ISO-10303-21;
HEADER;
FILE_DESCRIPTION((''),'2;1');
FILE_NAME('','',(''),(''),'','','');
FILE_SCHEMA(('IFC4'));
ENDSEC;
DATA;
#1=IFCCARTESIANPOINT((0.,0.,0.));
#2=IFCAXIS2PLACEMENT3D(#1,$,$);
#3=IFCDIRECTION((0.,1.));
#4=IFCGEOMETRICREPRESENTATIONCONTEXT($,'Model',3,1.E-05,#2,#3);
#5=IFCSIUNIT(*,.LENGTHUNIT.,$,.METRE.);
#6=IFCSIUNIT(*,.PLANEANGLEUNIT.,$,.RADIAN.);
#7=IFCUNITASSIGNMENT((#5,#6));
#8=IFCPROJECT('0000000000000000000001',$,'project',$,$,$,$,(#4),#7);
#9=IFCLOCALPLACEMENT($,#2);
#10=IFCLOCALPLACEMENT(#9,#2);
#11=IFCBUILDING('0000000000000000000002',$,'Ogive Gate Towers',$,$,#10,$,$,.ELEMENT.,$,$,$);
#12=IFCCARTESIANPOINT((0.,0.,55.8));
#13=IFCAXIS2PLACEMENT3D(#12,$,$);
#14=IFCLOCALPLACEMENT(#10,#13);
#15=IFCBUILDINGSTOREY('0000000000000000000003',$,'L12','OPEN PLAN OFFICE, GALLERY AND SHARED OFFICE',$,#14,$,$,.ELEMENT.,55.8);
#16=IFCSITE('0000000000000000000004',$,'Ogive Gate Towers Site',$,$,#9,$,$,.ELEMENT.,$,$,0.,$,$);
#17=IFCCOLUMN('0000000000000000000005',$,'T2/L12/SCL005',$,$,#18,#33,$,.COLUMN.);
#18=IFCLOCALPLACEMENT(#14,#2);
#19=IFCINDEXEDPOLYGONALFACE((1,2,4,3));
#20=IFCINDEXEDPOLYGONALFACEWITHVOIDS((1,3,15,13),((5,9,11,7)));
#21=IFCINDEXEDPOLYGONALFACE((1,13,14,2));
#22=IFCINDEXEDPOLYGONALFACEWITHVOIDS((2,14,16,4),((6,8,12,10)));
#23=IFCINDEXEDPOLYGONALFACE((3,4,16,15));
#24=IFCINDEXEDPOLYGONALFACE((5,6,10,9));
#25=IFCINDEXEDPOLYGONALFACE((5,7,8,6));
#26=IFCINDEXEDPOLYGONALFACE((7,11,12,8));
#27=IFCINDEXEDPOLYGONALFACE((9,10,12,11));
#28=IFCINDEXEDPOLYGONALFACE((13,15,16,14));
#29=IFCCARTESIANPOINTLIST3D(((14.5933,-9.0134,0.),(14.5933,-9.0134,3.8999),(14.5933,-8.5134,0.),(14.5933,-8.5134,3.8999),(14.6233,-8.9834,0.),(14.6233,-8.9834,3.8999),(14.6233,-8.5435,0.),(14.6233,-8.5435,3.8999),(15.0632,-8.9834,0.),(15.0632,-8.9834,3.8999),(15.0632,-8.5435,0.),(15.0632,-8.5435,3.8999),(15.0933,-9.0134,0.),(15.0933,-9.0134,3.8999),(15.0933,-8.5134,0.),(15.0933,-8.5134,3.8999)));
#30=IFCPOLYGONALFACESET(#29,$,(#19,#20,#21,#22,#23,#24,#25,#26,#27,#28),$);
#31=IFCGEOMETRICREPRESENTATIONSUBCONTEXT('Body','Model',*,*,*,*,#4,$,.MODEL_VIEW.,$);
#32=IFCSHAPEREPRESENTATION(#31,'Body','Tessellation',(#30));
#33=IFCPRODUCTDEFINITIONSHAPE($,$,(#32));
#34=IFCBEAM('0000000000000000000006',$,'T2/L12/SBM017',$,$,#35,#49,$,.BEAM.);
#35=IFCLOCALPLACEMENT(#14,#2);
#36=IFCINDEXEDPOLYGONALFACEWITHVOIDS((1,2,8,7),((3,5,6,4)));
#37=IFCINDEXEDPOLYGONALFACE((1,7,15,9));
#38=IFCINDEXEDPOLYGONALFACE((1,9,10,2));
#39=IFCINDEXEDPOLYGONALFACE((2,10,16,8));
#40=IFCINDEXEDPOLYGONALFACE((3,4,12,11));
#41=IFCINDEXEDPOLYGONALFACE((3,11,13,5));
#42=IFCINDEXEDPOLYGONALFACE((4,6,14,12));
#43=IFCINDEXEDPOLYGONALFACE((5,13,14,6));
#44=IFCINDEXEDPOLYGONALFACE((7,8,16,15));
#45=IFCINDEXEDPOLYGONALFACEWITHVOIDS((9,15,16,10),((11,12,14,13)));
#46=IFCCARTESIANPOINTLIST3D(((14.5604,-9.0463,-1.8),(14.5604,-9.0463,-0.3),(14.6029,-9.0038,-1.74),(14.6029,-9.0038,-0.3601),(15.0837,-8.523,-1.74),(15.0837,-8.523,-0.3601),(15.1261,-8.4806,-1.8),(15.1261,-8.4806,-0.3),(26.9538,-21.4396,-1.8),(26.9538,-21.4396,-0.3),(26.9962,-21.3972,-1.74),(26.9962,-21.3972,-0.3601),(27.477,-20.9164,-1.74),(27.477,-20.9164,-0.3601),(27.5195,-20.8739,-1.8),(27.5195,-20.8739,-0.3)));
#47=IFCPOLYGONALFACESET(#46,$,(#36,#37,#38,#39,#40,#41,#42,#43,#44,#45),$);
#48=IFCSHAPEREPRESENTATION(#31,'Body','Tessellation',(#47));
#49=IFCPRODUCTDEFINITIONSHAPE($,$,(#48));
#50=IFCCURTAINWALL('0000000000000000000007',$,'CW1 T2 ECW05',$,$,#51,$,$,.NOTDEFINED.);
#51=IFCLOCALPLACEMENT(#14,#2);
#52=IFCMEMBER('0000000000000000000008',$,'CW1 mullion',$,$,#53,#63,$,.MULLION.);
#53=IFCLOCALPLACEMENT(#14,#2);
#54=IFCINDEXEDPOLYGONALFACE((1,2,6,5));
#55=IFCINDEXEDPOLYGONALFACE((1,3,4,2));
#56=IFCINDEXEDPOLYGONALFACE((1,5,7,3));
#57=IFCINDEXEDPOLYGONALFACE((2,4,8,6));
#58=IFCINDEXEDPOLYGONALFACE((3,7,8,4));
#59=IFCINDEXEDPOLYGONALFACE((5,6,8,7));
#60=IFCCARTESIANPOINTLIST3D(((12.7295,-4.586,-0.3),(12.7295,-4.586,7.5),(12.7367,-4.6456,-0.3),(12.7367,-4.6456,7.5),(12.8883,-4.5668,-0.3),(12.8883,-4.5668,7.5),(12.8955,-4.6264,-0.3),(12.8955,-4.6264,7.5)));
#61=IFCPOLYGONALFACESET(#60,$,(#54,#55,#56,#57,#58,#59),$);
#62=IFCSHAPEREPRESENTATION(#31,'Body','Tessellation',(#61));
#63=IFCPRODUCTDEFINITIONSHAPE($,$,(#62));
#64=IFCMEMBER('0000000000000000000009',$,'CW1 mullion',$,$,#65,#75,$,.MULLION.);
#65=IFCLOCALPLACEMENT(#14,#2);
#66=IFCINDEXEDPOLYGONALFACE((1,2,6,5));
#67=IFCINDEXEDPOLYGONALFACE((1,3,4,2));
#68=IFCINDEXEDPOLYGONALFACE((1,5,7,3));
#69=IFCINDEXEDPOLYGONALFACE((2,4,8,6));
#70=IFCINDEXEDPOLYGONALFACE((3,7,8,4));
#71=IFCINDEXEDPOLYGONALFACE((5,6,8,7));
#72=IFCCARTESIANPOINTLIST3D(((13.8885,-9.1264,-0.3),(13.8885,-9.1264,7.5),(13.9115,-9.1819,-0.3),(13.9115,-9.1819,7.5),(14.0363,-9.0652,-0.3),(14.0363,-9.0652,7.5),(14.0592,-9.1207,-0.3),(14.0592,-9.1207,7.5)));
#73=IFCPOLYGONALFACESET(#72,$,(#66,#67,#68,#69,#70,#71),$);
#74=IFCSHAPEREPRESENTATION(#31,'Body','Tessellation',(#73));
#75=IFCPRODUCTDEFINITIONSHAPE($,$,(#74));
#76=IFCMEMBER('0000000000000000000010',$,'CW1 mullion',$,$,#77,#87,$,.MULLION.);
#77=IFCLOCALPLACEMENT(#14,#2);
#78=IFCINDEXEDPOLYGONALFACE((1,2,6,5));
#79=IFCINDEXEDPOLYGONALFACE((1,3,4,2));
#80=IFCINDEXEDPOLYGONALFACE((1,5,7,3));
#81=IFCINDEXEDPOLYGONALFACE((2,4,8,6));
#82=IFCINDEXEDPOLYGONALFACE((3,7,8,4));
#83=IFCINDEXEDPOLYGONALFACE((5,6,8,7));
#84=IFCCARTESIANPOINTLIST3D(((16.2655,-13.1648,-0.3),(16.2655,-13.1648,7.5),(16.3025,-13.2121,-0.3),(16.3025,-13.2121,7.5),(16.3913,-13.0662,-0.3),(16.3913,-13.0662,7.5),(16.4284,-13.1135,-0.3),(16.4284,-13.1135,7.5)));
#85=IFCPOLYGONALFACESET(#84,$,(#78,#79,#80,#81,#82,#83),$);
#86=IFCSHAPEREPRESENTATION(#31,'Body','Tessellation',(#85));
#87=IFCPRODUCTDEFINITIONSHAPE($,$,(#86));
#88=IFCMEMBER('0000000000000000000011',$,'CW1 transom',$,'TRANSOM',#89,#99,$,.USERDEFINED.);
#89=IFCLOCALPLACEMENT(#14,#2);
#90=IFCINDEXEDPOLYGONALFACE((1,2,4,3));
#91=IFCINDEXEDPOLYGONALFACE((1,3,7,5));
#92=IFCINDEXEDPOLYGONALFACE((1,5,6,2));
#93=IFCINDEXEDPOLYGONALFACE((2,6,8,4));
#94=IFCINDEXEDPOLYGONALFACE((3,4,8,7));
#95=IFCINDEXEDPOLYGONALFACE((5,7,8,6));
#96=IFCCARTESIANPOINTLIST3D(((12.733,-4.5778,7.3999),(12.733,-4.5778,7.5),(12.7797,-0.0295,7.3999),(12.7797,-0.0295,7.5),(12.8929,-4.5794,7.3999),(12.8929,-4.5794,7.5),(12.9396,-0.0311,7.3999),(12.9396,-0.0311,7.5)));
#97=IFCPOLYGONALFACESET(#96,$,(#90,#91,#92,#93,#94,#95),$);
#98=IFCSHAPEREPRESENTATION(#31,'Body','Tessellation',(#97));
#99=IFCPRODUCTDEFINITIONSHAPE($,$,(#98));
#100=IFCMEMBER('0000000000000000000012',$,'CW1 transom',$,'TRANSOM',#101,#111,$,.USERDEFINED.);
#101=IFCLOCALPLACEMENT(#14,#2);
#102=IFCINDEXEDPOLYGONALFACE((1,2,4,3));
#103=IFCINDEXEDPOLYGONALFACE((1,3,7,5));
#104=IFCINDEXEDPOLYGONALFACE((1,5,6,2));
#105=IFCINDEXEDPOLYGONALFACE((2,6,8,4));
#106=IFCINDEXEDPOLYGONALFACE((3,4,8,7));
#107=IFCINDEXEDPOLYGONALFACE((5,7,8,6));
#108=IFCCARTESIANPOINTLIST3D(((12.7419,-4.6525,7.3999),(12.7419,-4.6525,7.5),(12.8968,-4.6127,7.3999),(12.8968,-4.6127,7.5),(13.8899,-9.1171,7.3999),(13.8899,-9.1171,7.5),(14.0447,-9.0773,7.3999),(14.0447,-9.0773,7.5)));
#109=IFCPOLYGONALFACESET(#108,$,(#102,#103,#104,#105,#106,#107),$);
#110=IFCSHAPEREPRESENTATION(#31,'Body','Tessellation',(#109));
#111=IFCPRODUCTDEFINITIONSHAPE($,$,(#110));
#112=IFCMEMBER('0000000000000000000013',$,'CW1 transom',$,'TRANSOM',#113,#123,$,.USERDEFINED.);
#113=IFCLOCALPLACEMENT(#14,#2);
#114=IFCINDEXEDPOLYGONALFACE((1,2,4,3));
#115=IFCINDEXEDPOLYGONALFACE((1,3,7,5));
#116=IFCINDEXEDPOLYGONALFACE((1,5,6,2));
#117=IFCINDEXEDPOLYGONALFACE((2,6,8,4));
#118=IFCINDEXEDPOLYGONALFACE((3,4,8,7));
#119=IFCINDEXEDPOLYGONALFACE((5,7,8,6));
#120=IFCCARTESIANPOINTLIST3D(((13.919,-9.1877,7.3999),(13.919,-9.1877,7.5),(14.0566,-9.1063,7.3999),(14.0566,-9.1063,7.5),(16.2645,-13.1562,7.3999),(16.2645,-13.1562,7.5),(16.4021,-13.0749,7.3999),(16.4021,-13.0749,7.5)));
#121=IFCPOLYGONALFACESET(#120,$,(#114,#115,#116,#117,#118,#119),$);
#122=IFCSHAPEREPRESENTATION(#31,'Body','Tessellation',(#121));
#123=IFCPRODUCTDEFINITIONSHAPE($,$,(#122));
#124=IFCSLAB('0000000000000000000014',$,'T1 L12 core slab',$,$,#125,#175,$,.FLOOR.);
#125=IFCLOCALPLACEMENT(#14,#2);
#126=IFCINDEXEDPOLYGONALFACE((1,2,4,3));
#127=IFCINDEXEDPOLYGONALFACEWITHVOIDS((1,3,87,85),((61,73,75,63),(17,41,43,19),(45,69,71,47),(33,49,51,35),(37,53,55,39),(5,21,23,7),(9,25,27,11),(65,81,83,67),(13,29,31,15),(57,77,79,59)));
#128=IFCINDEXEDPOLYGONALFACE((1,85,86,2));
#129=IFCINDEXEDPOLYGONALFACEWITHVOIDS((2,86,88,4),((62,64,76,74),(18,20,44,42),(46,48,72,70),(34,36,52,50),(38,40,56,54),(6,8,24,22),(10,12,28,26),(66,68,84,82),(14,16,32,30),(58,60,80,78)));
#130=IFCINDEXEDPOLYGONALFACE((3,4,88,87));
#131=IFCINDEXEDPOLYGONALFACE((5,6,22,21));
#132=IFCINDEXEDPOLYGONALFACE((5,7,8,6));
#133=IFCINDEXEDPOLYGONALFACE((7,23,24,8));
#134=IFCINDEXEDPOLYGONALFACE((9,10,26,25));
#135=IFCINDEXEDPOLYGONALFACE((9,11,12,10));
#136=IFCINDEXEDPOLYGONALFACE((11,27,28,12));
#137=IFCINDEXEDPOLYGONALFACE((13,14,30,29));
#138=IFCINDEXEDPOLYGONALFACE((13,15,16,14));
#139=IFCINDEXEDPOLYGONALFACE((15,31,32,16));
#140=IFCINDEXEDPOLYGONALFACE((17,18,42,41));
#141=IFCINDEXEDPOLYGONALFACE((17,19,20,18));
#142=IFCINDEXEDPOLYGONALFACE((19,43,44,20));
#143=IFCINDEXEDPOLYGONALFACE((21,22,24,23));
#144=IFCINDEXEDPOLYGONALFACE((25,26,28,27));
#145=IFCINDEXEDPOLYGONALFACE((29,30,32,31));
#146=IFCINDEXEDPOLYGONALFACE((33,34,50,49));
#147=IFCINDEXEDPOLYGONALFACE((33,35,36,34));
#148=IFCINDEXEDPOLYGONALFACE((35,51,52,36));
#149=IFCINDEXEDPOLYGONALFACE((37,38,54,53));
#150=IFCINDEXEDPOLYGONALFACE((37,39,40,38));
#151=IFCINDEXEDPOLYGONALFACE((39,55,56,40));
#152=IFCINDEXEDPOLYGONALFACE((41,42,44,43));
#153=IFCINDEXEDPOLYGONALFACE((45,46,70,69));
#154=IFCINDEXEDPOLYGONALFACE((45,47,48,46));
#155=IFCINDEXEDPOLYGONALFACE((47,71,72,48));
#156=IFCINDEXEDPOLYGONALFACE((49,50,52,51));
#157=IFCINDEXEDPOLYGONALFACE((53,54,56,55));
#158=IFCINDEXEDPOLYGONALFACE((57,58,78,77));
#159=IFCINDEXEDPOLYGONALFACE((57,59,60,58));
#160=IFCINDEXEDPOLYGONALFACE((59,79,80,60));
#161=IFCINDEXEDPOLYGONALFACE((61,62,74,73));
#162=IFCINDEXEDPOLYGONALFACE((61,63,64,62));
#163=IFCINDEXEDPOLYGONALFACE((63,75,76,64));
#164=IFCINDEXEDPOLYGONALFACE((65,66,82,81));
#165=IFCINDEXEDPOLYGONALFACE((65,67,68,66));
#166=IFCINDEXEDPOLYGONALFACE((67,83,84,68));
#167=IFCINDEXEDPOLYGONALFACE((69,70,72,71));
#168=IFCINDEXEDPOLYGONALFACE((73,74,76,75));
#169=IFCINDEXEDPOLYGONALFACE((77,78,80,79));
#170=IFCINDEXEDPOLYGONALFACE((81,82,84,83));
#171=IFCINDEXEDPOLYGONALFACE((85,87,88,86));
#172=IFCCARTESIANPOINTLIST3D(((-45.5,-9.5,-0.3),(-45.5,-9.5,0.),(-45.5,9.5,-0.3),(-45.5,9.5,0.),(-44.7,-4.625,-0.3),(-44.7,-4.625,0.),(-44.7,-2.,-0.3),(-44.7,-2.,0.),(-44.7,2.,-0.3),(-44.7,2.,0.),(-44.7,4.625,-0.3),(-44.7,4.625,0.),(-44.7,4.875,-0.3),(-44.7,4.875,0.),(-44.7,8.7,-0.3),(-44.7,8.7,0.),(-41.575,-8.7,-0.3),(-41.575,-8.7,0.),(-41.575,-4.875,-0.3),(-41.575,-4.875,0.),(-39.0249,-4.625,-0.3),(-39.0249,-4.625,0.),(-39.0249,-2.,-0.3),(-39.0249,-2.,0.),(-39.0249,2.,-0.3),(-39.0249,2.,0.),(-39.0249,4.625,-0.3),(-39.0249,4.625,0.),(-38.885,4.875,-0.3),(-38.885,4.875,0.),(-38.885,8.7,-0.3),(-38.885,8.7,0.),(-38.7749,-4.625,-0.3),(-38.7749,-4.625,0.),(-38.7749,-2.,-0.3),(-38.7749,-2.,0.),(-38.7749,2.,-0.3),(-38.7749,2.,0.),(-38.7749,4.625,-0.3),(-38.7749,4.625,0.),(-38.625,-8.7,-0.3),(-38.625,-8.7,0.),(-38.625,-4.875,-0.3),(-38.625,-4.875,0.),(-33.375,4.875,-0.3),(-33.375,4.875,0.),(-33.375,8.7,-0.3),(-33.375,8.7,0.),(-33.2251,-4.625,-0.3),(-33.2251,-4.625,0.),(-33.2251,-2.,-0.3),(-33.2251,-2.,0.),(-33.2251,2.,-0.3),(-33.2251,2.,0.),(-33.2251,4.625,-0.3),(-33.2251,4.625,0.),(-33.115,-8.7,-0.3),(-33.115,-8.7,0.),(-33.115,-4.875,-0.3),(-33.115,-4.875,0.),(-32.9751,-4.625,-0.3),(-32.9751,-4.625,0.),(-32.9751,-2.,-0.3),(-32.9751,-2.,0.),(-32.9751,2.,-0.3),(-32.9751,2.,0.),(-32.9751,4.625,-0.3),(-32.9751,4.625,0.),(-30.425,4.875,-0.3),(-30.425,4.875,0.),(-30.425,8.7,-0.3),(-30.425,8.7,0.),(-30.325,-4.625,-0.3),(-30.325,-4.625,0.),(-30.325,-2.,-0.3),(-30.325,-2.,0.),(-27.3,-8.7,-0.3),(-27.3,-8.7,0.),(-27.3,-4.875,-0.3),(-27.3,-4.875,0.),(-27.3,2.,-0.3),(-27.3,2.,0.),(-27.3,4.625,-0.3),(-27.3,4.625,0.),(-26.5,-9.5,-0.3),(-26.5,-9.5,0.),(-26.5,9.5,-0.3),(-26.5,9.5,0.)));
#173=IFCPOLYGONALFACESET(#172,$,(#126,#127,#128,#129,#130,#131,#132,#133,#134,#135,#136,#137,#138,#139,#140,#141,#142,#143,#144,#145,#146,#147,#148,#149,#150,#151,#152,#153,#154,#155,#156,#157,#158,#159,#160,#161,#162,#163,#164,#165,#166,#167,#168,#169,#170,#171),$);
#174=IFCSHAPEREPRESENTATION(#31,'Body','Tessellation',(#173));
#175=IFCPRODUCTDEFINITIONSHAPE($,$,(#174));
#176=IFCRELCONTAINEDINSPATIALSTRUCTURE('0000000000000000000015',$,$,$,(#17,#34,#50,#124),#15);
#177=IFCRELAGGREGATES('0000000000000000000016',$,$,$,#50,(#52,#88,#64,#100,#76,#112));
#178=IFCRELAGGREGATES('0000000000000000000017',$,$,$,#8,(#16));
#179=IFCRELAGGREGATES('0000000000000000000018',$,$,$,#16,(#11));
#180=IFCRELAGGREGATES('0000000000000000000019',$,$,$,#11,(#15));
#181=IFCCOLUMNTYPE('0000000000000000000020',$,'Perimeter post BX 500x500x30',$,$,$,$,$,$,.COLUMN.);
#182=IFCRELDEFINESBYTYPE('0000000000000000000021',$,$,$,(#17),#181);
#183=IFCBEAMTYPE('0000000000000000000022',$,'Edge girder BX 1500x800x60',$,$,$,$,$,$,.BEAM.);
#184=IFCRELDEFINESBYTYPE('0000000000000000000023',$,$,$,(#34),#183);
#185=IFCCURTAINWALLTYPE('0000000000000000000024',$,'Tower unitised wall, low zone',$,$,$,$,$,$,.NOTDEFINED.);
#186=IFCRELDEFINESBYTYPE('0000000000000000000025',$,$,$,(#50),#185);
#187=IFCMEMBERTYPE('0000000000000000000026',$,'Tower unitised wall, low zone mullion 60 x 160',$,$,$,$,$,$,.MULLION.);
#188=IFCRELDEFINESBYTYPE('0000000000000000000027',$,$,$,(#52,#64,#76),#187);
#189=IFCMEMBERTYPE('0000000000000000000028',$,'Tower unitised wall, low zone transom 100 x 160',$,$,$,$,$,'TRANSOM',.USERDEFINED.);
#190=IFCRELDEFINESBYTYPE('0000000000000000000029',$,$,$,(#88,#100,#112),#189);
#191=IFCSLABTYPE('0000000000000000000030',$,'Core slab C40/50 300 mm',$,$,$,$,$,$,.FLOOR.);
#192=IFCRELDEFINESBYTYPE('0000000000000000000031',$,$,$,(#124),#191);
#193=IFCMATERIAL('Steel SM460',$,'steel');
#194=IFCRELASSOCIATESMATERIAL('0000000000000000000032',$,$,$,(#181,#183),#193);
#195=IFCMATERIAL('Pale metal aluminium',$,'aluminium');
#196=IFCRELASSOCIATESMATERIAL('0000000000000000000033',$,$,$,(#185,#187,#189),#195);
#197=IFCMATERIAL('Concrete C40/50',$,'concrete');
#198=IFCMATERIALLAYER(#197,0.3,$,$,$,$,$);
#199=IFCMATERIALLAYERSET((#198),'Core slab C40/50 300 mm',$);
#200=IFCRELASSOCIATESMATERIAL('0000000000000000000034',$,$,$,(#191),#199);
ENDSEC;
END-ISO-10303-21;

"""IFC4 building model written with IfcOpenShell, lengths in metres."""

from ifc_helpers import new_model, si_unit, direction, frame, origin, origin_2d, place, context, subcontext, project, spatial, polyline, rectangle, hollow_rectangle, outline, extrude, material, layer, layer_set, material_profile, profile_set, type_object, element, aggregate, save


model = new_model("IFC4")

# Units and contexts
model_context = context("Model", 3, precision=1e-05, world=origin(), true_north=direction((0.0, 1.0)))
body_context = subcontext(model_context, "Body", "Model", "MODEL_VIEW")
ifc_project = project(units=[si_unit("LENGTHUNIT", "METRE"), si_unit("PLANEANGLEUNIT", "RADIAN")], contexts=[model_context])

# Site, building, storey
site_placement = place(None, origin())
site = spatial("IfcSite", under=ifc_project, at=site_placement, Name="Ogive Gate Towers Site", CompositionType="ELEMENT", RefElevation=0.0)
building_placement = place(site_placement, origin())
building = spatial("IfcBuilding", under=site, at=building_placement, Name="Ogive Gate Towers", CompositionType="ELEMENT")
storey_placement = place(building_placement, frame((0.0, 0.0, 55.8)))
storey = spatial("IfcBuildingStorey", under=building, at=storey_placement, Name="L12", Description="OPEN PLAN OFFICE, GALLERY AND SHARED OFFICE", CompositionType="ELEMENT", Elevation=55.8)

# Column
ifc_material_1 = material(Name="Steel SM460", Category="steel")
ifc_material_profile_1 = material_profile(ifc_material_1, hollow_rectangle(XDim=0.5, YDim=0.5, WallThickness=0.03, at=origin_2d()), Name="BX 500x500x30")
ifc_profile_set_1 = profile_set([ifc_material_profile_1], Name="Steel SM460")
column_type = type_object("IfcColumnType", Name="Perimeter post BX 500x500x30", PredefinedType="COLUMN", material=ifc_profile_set_1)
column_placement = place(storey_placement, frame((14.8433, -8.7634, 0.0), z_axis=(0.0, 0.0, 1.0), x_axis=(1.0, 0.0, 0.0)))
element("IfcColumn", 1, at=column_placement, inside=storey, type_object=column_type, Name="T2/L12/SCL005", PredefinedType="COLUMN", context=body_context, shape_type="SweptSolid", body=[
    extrude(hollow_rectangle(XDim=0.5, YDim=0.5, WallThickness=0.03, at=origin_2d()), origin(), (0.0, 0.0, 1.0), 3.8999),
])

# Beam
ifc_material_profile_2 = material_profile(ifc_material_1, hollow_rectangle(XDim=0.8, YDim=1.5, WallThickness=0.0601, at=origin_2d()), Name="BX 1500x800x60")
ifc_profile_set_2 = profile_set([ifc_material_profile_2], Name="Steel SM460")
beam_type = type_object("IfcBeamType", Name="Edge girder BX 1500x800x60", PredefinedType="BEAM", material=ifc_profile_set_2)
beam_placement = place(storey_placement, frame((14.8433, -8.7634, -1.05), z_axis=(0.707107, -0.707107, 0.0), x_axis=(0.707107, 0.707107, 0.0)))
element("IfcBeam", 2, at=beam_placement, inside=storey, type_object=beam_type, Name="T2/L12/SBM017", PredefinedType="BEAM", context=body_context, shape_type="SweptSolid", body=[
    extrude(hollow_rectangle(XDim=0.8, YDim=1.5, WallThickness=0.0601, at=origin_2d()), origin(), (0.0, 0.0, 1.0), 17.5269),
])

# Curtain wall, members
ifc_material_2 = material(Name="Pale metal aluminium", Category="aluminium")
curtain_wall_type = type_object("IfcCurtainWallType", Name="Tower unitised wall, low zone", PredefinedType="NOTDEFINED", material=ifc_material_2)
curtain_wall_placement = place(storey_placement, origin())
curtain_wall = element("IfcCurtainWall", 3, at=curtain_wall_placement, inside=storey, type_object=curtain_wall_type, Name="CW1 T2 ECW05", PredefinedType="NOTDEFINED")
ifc_material_profile_3 = material_profile(ifc_material_2, rectangle(XDim=0.1599, YDim=0.0601, at=origin_2d()), Name="60 x 160 aluminium box")
ifc_profile_set_3 = profile_set([ifc_material_profile_3], Name="Pale metal aluminium")
member_type_1 = type_object("IfcMemberType", Name="Tower unitised wall, low zone mullion 60 x 160", PredefinedType="MULLION", material=ifc_profile_set_3)
member_1_placement = place(storey_placement, frame((12.8125, -4.6062, -0.3), z_axis=(0.0, 0.0, 1.0), x_axis=(-0.992728, -0.120379, 0.0)))
member_1 = element("IfcMember", 4, at=member_1_placement, type_object=member_type_1, Name="CW1 mullion", PredefinedType="MULLION", context=body_context, shape_type="SweptSolid", body=[
    extrude(rectangle(XDim=0.1599, YDim=0.0601, at=origin_2d()), origin(), (0.0, 0.0, 1.0), 7.8),
])
member_2_placement = place(storey_placement, frame((13.9739, -9.1235, -0.3), z_axis=(0.0, 0.0, 1.0), x_axis=(-0.92388, -0.382683, 0.0)))
member_2 = element("IfcMember", 5, at=member_2_placement, type_object=member_type_1, Name="CW1 mullion", PredefinedType="MULLION", context=body_context, shape_type="SweptSolid", body=[
    extrude(rectangle(XDim=0.1599, YDim=0.0601, at=origin_2d()), origin(), (0.0, 0.0, 1.0), 7.8),
])
member_3_placement = place(storey_placement, frame((16.3469, -13.1392, -0.3), z_axis=(0.0, 0.0, 1.0), x_axis=(-0.787086, -0.616844, 0.0)))
member_3 = element("IfcMember", 6, at=member_3_placement, type_object=member_type_1, Name="CW1 mullion", PredefinedType="MULLION", context=body_context, shape_type="SweptSolid", body=[
    extrude(rectangle(XDim=0.1599, YDim=0.0601, at=origin_2d()), origin(), (0.0, 0.0, 1.0), 7.8),
])
ifc_material_profile_4 = material_profile(ifc_material_2, rectangle(XDim=0.1599, YDim=0.1001, at=origin_2d()), Name="100 x 160 aluminium box")
ifc_profile_set_4 = profile_set([ifc_material_profile_4], Name="Pale metal aluminium")
member_type_2 = type_object("IfcMemberType", Name="Tower unitised wall, low zone transom 100 x 160", ElementType="TRANSOM", PredefinedType="USERDEFINED", material=ifc_profile_set_4)
member_4_placement = place(storey_placement, frame((12.8596, -0.0303, 7.45), z_axis=(-0.010252, -0.999947, 0.0), x_axis=(0.999947, -0.010252, 0.0)))
member_4 = element("IfcMember", 7, at=member_4_placement, type_object=member_type_2, Name="CW1 transom", ObjectType="TRANSOM", PredefinedType="USERDEFINED", context=body_context, shape_type="SweptSolid", body=[
    extrude(rectangle(XDim=0.1599, YDim=0.1001, at=origin_2d()), origin(), (0.0, 0.0, 1.0), 4.5486),
])
member_5_placement = place(storey_placement, frame((12.8193, -4.6326, 7.45), z_axis=(0.249023, -0.968498, 0.0), x_axis=(0.968498, 0.249023, 0.0)))
member_5 = element("IfcMember", 8, at=member_5_placement, type_object=member_type_2, Name="CW1 transom", ObjectType="TRANSOM", PredefinedType="USERDEFINED", context=body_context, shape_type="SweptSolid", body=[
    extrude(rectangle(XDim=0.1599, YDim=0.1001, at=origin_2d()), origin(), (0.0, 0.0, 1.0), 4.6099),
])
member_6_placement = place(storey_placement, frame((13.9878, -9.147, 7.45), z_axis=(0.508799, -0.860885, 0.0), x_axis=(0.860885, 0.508799, 0.0)))
member_6 = element("IfcMember", 9, at=member_6_placement, type_object=member_type_2, Name="CW1 transom", ObjectType="TRANSOM", PredefinedType="USERDEFINED", context=body_context, shape_type="SweptSolid", body=[
    extrude(rectangle(XDim=0.1599, YDim=0.1001, at=origin_2d()), origin(), (0.0, 0.0, 1.0), 4.6099),
])

# Slab
ifc_material_3 = material(Name="Concrete C40/50", Category="concrete")
ifc_layer_1 = layer(ifc_material_3, 0.3)
ifc_layer_set_1 = layer_set([ifc_layer_1], Name="Core slab C40/50 300 mm")
slab_type_1 = type_object("IfcSlabType", Name="Core slab C40/50 300 mm", PredefinedType="FLOOR", material=ifc_layer_set_1)
slab_1_placement = place(storey_placement, frame((0.0, 0.0, -0.3)))
element("IfcSlab", 10, at=slab_1_placement, inside=storey, type_object=slab_type_1, Name="T1 L12 core slab", PredefinedType="FLOOR", context=body_context, shape_type="SweptSolid", body=[
    extrude(outline(polyline([(-26.5, 9.5), (-26.5, -9.5), (-45.5, -9.5), (-45.5, 9.5), (-26.5, 9.5)]), holes=[polyline([(-39.0249, 4.625), (-44.7, 4.625), (-44.7, 2.0), (-39.0249, 2.0), (-39.0249, 4.625)]), polyline([(-33.2251, 2.0), (-33.2251, 4.625), (-38.7749, 4.625), (-38.7749, 2.0), (-33.2251, 2.0)]), polyline([(-32.9751, 2.0), (-27.3, 2.0), (-27.3, 4.625), (-32.9751, 4.625), (-32.9751, 2.0)]), polyline([(-44.7, -2.0), (-44.7, -4.625), (-39.0249, -4.625), (-39.0249, -2.0), (-44.7, -2.0)]), polyline([(-33.2251, -2.0), (-38.7749, -2.0), (-38.7749, -4.625), (-33.2251, -4.625), (-33.2251, -2.0)]), polyline([(-30.325, -4.625), (-30.325, -2.0), (-32.9751, -2.0), (-32.9751, -4.625), (-30.325, -4.625)]), polyline([(-33.375, 4.875), (-30.425, 4.875), (-30.425, 8.7), (-33.375, 8.7), (-33.375, 4.875)]), polyline([(-41.575, -4.875), (-41.575, -8.7), (-38.625, -8.7), (-38.625, -4.875), (-41.575, -4.875)]), polyline([(-44.7, 4.875), (-38.885, 4.875), (-38.885, 8.7), (-44.7, 8.7), (-44.7, 4.875)]), polyline([(-27.3, -8.7), (-27.3, -4.875), (-33.115, -4.875), (-33.115, -8.7), (-27.3, -8.7)])]), origin(), (0.0, 0.0, 1.0), 0.3),
])

aggregate(curtain_wall, [member_1, member_4, member_2, member_5, member_3, member_6])

save(model, "model.ifc")
